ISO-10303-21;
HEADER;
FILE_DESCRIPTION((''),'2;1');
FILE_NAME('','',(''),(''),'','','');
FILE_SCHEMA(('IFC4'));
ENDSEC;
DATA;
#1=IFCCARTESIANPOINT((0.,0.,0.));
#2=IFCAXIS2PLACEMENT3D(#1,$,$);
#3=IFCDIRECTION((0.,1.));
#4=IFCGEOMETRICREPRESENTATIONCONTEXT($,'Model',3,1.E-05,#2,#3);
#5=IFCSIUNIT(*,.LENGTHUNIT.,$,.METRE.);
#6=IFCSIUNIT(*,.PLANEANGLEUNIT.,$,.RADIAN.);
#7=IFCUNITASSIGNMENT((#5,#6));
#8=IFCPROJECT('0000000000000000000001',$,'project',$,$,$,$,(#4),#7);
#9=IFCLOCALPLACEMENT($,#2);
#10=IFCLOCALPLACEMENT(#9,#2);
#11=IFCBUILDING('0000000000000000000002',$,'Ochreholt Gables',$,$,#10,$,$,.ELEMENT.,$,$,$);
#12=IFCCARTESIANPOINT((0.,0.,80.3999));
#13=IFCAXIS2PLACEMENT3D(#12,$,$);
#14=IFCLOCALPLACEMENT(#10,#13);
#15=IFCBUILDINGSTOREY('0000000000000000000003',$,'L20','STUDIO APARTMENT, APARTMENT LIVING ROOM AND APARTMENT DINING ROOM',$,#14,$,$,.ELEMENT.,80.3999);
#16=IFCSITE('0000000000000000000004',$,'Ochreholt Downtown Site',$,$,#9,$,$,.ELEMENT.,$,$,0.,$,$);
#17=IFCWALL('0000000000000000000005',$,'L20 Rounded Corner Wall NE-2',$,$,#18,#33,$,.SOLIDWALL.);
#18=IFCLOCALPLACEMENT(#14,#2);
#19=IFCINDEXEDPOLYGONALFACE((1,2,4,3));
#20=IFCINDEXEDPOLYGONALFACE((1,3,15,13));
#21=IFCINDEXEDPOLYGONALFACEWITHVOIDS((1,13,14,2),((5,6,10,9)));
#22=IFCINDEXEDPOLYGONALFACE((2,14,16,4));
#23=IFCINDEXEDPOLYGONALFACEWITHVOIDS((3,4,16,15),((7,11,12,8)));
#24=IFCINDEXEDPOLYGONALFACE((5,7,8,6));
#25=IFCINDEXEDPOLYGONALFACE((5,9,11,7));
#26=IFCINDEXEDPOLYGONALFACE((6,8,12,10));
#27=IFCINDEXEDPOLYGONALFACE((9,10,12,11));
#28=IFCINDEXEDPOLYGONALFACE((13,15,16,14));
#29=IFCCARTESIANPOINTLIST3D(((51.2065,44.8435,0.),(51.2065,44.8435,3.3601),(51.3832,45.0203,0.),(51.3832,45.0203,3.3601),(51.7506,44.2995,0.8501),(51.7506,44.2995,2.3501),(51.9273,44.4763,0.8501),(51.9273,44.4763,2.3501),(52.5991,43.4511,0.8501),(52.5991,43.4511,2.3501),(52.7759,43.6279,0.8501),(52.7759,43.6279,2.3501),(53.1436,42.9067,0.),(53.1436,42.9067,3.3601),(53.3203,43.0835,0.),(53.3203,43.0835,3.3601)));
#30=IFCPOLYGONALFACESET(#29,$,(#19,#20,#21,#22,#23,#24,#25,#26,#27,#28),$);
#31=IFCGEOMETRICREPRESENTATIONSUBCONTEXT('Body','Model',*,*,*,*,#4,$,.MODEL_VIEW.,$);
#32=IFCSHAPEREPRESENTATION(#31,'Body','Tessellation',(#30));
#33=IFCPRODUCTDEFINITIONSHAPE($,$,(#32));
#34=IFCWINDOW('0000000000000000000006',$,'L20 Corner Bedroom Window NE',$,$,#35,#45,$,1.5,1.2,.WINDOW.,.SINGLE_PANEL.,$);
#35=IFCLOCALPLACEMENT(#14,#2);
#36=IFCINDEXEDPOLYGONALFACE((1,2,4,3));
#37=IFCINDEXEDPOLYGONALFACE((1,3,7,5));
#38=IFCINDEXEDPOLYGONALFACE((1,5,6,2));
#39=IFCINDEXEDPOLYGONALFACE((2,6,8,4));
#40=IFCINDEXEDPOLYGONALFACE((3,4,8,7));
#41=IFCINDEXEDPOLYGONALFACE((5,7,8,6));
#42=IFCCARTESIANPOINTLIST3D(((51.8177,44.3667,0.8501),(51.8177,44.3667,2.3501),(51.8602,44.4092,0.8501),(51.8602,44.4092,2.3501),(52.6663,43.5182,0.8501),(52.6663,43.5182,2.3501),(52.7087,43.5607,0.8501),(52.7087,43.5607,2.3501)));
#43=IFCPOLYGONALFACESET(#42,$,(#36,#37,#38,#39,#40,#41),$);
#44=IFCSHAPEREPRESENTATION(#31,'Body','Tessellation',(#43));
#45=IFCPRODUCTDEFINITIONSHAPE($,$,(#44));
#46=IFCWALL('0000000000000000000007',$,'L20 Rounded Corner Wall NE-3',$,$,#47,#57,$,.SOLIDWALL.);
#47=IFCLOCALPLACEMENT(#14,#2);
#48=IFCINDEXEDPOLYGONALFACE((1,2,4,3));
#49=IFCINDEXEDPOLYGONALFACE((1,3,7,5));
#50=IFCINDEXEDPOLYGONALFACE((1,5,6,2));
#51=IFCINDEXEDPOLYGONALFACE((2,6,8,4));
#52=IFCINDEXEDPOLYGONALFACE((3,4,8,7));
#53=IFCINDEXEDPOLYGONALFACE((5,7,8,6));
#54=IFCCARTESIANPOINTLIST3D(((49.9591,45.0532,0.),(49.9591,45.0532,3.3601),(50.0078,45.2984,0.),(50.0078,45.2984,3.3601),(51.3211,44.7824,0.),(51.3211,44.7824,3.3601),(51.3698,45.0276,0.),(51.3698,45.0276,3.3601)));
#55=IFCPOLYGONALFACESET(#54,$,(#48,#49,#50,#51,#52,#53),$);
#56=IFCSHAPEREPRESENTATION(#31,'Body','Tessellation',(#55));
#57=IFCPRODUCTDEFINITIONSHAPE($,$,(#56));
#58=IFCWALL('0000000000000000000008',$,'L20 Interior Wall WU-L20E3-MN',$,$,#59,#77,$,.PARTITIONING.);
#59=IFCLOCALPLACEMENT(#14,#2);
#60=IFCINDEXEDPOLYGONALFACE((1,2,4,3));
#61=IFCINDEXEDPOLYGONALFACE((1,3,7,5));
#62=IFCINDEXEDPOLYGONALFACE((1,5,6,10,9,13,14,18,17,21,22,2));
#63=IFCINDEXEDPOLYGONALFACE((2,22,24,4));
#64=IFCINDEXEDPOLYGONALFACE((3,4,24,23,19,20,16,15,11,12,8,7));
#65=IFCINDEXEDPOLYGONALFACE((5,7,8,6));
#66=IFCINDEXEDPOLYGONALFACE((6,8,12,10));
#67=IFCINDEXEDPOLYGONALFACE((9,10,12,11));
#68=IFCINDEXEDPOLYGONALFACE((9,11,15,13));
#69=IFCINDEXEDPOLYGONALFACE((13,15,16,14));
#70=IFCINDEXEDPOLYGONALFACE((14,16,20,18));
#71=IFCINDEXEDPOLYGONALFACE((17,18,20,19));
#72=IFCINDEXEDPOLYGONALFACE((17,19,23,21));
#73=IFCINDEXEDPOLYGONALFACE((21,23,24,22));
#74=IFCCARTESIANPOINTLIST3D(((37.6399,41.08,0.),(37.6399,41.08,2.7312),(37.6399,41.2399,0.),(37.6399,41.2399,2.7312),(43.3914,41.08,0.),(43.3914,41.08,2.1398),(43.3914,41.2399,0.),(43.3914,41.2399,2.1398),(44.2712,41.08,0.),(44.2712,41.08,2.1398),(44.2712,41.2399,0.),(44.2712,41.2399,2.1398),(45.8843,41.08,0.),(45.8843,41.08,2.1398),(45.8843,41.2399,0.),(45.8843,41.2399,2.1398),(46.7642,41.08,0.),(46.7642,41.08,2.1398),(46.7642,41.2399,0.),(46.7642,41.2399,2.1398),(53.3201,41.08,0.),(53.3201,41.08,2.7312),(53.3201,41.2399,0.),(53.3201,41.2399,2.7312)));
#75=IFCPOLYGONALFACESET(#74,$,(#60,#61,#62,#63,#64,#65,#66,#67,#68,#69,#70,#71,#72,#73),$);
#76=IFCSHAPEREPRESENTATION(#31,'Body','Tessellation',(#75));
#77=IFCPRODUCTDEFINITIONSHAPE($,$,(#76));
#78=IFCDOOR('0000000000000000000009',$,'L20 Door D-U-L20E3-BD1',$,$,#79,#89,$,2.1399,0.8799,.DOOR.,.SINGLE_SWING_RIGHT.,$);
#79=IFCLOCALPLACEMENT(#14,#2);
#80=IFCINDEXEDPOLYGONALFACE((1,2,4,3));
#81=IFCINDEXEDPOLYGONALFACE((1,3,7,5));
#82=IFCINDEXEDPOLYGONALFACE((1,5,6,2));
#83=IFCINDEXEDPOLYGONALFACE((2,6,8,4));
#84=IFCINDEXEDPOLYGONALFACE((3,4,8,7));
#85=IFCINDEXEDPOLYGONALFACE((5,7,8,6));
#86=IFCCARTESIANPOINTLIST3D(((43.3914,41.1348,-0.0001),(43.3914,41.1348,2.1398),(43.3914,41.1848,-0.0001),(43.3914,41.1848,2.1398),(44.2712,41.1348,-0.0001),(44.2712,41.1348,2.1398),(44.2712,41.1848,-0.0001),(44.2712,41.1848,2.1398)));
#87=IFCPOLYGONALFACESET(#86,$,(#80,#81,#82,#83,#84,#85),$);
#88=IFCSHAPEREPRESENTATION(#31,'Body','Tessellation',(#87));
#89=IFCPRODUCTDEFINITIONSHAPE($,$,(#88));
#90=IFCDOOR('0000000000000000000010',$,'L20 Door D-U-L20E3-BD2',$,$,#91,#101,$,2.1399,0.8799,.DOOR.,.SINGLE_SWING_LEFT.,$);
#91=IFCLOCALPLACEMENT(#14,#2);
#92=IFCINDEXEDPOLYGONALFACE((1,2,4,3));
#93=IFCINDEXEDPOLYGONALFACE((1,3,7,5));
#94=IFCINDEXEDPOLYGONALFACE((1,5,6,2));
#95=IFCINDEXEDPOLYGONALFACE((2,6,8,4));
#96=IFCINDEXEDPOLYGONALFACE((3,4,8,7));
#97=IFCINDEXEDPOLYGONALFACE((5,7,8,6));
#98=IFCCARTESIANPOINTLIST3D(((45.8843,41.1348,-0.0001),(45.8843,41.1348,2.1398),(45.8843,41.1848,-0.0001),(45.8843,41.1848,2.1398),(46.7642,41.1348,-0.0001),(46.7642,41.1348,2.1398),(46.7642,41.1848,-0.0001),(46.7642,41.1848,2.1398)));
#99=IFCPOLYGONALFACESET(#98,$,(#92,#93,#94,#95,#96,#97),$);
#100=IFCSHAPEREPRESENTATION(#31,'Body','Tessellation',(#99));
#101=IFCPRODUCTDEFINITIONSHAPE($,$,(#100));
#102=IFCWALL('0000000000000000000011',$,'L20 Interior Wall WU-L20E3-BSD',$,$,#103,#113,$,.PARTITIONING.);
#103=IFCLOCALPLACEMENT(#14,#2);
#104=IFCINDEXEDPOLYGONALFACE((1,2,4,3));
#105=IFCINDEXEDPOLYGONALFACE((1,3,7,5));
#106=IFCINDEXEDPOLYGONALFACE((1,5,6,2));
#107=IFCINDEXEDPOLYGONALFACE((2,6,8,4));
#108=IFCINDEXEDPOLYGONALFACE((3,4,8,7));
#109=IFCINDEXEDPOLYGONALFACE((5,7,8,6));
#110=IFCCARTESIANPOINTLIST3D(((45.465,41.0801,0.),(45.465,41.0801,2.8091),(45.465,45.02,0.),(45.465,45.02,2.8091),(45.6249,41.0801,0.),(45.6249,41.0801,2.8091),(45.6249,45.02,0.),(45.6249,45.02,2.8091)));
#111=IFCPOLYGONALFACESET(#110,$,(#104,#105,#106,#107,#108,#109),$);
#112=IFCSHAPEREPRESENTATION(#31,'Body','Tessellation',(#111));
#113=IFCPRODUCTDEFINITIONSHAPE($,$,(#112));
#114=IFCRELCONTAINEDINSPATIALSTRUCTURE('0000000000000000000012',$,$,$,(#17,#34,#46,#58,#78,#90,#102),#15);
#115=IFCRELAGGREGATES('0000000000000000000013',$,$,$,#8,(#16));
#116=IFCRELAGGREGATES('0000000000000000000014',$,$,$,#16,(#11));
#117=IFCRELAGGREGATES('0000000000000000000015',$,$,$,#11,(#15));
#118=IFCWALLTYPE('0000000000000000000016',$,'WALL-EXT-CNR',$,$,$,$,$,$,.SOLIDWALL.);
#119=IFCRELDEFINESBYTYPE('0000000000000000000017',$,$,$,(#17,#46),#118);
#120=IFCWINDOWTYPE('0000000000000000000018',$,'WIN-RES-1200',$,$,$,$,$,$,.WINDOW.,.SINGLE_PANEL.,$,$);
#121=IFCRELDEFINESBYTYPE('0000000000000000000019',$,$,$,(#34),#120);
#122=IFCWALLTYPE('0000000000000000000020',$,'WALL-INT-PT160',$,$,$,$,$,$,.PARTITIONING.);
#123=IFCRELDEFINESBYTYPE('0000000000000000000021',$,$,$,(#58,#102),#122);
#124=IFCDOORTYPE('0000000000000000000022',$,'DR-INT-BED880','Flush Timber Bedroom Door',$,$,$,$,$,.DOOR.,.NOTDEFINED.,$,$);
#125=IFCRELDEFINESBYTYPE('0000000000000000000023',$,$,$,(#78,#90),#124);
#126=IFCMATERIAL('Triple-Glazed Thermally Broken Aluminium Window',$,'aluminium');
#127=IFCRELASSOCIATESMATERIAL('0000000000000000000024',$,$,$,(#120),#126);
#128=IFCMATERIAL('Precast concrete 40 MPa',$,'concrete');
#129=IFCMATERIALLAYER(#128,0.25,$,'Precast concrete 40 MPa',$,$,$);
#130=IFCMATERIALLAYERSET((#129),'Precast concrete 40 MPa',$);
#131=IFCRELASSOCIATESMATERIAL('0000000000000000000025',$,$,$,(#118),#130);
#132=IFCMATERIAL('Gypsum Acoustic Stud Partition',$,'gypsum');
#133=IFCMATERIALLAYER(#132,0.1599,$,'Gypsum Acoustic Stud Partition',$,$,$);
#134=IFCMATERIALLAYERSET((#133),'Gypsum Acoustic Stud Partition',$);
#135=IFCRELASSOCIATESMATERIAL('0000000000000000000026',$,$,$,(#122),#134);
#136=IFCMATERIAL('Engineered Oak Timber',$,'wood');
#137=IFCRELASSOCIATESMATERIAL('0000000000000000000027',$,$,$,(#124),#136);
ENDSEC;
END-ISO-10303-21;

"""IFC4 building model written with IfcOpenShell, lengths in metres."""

from ifc_helpers import new_model, si_unit, direction, frame, frame_2d, origin, place, context, subcontext, project, spatial, rectangle, extrude, material, layer, layer_set, type_object, element, fill, save


model = new_model("IFC4")

# Units and contexts
model_context = context("Model", 3, precision=1e-05, world=origin(), true_north=direction((0.0, 1.0)))
body_context = subcontext(model_context, "Body", "Model", "MODEL_VIEW")
ifc_project = project(units=[si_unit("LENGTHUNIT", "METRE"), si_unit("PLANEANGLEUNIT", "RADIAN")], contexts=[model_context])

# Site, building, storey
site_placement = place(None, origin())
site = spatial("IfcSite", under=ifc_project, at=site_placement, Name="Ochreholt Downtown Site", CompositionType="ELEMENT", RefElevation=0.0)
building_placement = place(site_placement, origin())
building = spatial("IfcBuilding", under=site, at=building_placement, Name="Ochreholt Gables", CompositionType="ELEMENT")
storey_placement = place(building_placement, frame((0.0, 0.0, 80.3999)))
storey = spatial("IfcBuildingStorey", under=building, at=storey_placement, Name="L20", Description="STUDIO APARTMENT, APARTMENT LIVING ROOM AND APARTMENT DINING ROOM", CompositionType="ELEMENT", Elevation=80.3999)

# Shared definitions
ifc_material_1 = material(Name="Precast concrete 40 MPa", Category="concrete")
ifc_material_2 = material(Name="Triple-Glazed Thermally Broken Aluminium Window", Category="aluminium")
window_type_1 = type_object("IfcWindowType", Name="WIN-RES-1200", PartitioningType="SINGLE_PANEL", PredefinedType="WINDOW", material=ifc_material_2)

# Shared definitions
ifc_layer_1 = layer(ifc_material_1, 0.25, Name="Precast concrete 40 MPa")
ifc_layer_set_1 = layer_set([ifc_layer_1], Name="Precast concrete 40 MPa")
wall_type_1 = type_object("IfcWallType", Name="WALL-EXT-CNR", PredefinedType="SOLIDWALL", material=ifc_layer_set_1)

# Wall, opening, window
wall_1_placement = place(storey_placement, frame((53.2319, 42.9951, 0.0), z_axis=(0.0, 0.0, 1.0), x_axis=(-0.707151, 0.707062, 0.0)))
wall_1 = element("IfcWall", 1, at=wall_1_placement, inside=storey, type_object=wall_type_1, Name="L20 Rounded Corner Wall NE-2", PredefinedType="SOLIDWALL", context=body_context, shape_type="SweptSolid", body=[
    extrude(rectangle(XDim=2.7393, YDim=0.25, at=frame_2d((1.3696, 0.0))), origin(), (0.0, 0.0, 1.0), 3.3601),
])
opening_1_placement = place(wall_1_placement, frame((0.7698, 0.0, 0.8501)))
opening_1 = element("IfcOpeningElement", 2, at=opening_1_placement, cuts=wall_1, PredefinedType="OPENING", context=body_context, shape_type="SweptSolid", body=[
    extrude(rectangle(XDim=1.2, YDim=1.5, at=frame_2d((0.6001, 0.75))), frame((0.0, 0.135, 0.0), z_axis=(0.0, -1.0, 0.0), x_axis=(1.0, 0.0, 0.0)), (0.0, 0.0, 1.0), 0.27),
])
window_1_placement = place(opening_1_placement, origin())
window_1 = element("IfcWindow", 3, at=window_1_placement, inside=storey, type_object=window_type_1, Name="L20 Corner Bedroom Window NE", OverallHeight=1.5, OverallWidth=1.2, PartitioningType="SINGLE_PANEL", PredefinedType="WINDOW", context=body_context, shape_type="SweptSolid", body=[
    extrude(rectangle(XDim=1.2, YDim=1.5, at=frame_2d((0.6001, 0.75))), frame((0.0, 0.03, 0.0), z_axis=(0.0, -1.0, 0.0), x_axis=(1.0, 0.0, 0.0)), (0.0, 0.0, 1.0), 0.0601),
])
fill(opening_1, window_1)

# Wall
wall_2_placement = place(storey_placement, frame((51.3455, 44.905, 0.0), z_axis=(0.0, 0.0, 1.0), x_axis=(-0.98081, 0.194967, 0.0)))
element("IfcWall", 4, at=wall_2_placement, inside=storey, type_object=wall_type_1, Name="L20 Rounded Corner Wall NE-3", PredefinedType="SOLIDWALL", context=body_context, shape_type="SweptSolid", body=[
    extrude(rectangle(XDim=1.3887, YDim=0.25, at=frame_2d((0.6943, 0.0))), origin(), (0.0, 0.0, 1.0), 3.3601),
])

# Wall, openings, doors
ifc_material_3 = material(Name="Engineered Oak Timber", Category="wood")
ifc_material_4 = material(Name="Gypsum Acoustic Stud Partition", Category="gypsum")
ifc_layer_2 = layer(ifc_material_4, 0.1599, Name="Gypsum Acoustic Stud Partition")
ifc_layer_set_2 = layer_set([ifc_layer_2], Name="Gypsum Acoustic Stud Partition")
wall_type_2 = type_object("IfcWallType", Name="WALL-INT-PT160", PredefinedType="PARTITIONING", material=ifc_layer_set_2)
wall_3_placement = place(storey_placement, frame((37.6399, 41.1599, 0.0), z_axis=(0.0, 0.0, 1.0), x_axis=(1.0, 0.0, 0.0)))
wall_3 = element("IfcWall", 5, at=wall_3_placement, inside=storey, type_object=wall_type_2, Name="L20 Interior Wall WU-L20E3-MN", PredefinedType="PARTITIONING", context=body_context, shape_type="SweptSolid", body=[
    extrude(rectangle(XDim=15.6802, YDim=0.1599, at=frame_2d((7.8401, 0.0))), origin(), (0.0, 0.0, 1.0), 2.7312),
])
opening_2_placement = place(wall_3_placement, frame((5.7515, 0.0, 0.0)))
opening_2 = element("IfcOpeningElement", 6, at=opening_2_placement, cuts=wall_3, PredefinedType="OPENING", context=body_context, shape_type="SweptSolid", body=[
    extrude(rectangle(XDim=0.8799, YDim=2.1399, at=frame_2d((0.4399, 1.0698))), frame((0.0, 0.0898, 0.0), z_axis=(0.0, -1.0, 0.0), x_axis=(1.0, 0.0, 0.0)), (0.0, 0.0, 1.0), 0.1799),
])
opening_3_placement = place(wall_3_placement, frame((8.2444, 0.0, 0.0)))
opening_3 = element("IfcOpeningElement", 7, at=opening_3_placement, cuts=wall_3, PredefinedType="OPENING", context=body_context, shape_type="SweptSolid", body=[
    extrude(rectangle(XDim=0.8799, YDim=2.1399, at=frame_2d((0.4399, 1.0698))), frame((0.0, 0.0898, 0.0), z_axis=(0.0, -1.0, 0.0), x_axis=(1.0, 0.0, 0.0)), (0.0, 0.0, 1.0), 0.1799),
])
door_type_1 = type_object("IfcDoorType", Name="DR-INT-BED880", Description="Flush Timber Bedroom Door", OperationType="NOTDEFINED", PredefinedType="DOOR", material=ifc_material_3)
door_1_placement = place(opening_2_placement, origin())
door_1 = element("IfcDoor", 8, at=door_1_placement, inside=storey, type_object=door_type_1, Name="L20 Door D-U-L20E3-BD1", OperationType="SINGLE_SWING_RIGHT", OverallHeight=2.1399, OverallWidth=0.8799, PredefinedType="DOOR", context=body_context, shape_type="SweptSolid", body=[
    extrude(rectangle(XDim=0.8799, YDim=2.1399, at=frame_2d((0.4399, 1.0698))), frame((0.0, 0.0249, 0.0), z_axis=(0.0, -1.0, 0.0), x_axis=(1.0, 0.0, 0.0)), (0.0, 0.0, 1.0), 0.05),
])
fill(opening_2, door_1)
door_2_placement = place(opening_3_placement, origin())
door_2 = element("IfcDoor", 9, at=door_2_placement, inside=storey, type_object=door_type_1, Name="L20 Door D-U-L20E3-BD2", OperationType="SINGLE_SWING_LEFT", OverallHeight=2.1399, OverallWidth=0.8799, PredefinedType="DOOR", context=body_context, shape_type="SweptSolid", body=[
    extrude(rectangle(XDim=0.8799, YDim=2.1399, at=frame_2d((0.4399, 1.0698))), frame((0.0, 0.0249, 0.0), z_axis=(0.0, -1.0, 0.0), x_axis=(1.0, 0.0, 0.0)), (0.0, 0.0, 1.0), 0.05),
])
fill(opening_3, door_2)

# Wall
wall_4_placement = place(storey_placement, frame((45.5449, 41.0801, 0.0), z_axis=(0.0, 0.0, 1.0), x_axis=(0.0, 1.0, 0.0)))
element("IfcWall", 10, at=wall_4_placement, inside=storey, type_object=wall_type_2, Name="L20 Interior Wall WU-L20E3-BSD", PredefinedType="PARTITIONING", context=body_context, shape_type="SweptSolid", body=[
    extrude(rectangle(XDim=3.9399, YDim=0.1599, at=frame_2d((1.97, 0.0))), origin(), (0.0, 0.0, 1.0), 2.8091),
])

save(model, "model.ifc")
